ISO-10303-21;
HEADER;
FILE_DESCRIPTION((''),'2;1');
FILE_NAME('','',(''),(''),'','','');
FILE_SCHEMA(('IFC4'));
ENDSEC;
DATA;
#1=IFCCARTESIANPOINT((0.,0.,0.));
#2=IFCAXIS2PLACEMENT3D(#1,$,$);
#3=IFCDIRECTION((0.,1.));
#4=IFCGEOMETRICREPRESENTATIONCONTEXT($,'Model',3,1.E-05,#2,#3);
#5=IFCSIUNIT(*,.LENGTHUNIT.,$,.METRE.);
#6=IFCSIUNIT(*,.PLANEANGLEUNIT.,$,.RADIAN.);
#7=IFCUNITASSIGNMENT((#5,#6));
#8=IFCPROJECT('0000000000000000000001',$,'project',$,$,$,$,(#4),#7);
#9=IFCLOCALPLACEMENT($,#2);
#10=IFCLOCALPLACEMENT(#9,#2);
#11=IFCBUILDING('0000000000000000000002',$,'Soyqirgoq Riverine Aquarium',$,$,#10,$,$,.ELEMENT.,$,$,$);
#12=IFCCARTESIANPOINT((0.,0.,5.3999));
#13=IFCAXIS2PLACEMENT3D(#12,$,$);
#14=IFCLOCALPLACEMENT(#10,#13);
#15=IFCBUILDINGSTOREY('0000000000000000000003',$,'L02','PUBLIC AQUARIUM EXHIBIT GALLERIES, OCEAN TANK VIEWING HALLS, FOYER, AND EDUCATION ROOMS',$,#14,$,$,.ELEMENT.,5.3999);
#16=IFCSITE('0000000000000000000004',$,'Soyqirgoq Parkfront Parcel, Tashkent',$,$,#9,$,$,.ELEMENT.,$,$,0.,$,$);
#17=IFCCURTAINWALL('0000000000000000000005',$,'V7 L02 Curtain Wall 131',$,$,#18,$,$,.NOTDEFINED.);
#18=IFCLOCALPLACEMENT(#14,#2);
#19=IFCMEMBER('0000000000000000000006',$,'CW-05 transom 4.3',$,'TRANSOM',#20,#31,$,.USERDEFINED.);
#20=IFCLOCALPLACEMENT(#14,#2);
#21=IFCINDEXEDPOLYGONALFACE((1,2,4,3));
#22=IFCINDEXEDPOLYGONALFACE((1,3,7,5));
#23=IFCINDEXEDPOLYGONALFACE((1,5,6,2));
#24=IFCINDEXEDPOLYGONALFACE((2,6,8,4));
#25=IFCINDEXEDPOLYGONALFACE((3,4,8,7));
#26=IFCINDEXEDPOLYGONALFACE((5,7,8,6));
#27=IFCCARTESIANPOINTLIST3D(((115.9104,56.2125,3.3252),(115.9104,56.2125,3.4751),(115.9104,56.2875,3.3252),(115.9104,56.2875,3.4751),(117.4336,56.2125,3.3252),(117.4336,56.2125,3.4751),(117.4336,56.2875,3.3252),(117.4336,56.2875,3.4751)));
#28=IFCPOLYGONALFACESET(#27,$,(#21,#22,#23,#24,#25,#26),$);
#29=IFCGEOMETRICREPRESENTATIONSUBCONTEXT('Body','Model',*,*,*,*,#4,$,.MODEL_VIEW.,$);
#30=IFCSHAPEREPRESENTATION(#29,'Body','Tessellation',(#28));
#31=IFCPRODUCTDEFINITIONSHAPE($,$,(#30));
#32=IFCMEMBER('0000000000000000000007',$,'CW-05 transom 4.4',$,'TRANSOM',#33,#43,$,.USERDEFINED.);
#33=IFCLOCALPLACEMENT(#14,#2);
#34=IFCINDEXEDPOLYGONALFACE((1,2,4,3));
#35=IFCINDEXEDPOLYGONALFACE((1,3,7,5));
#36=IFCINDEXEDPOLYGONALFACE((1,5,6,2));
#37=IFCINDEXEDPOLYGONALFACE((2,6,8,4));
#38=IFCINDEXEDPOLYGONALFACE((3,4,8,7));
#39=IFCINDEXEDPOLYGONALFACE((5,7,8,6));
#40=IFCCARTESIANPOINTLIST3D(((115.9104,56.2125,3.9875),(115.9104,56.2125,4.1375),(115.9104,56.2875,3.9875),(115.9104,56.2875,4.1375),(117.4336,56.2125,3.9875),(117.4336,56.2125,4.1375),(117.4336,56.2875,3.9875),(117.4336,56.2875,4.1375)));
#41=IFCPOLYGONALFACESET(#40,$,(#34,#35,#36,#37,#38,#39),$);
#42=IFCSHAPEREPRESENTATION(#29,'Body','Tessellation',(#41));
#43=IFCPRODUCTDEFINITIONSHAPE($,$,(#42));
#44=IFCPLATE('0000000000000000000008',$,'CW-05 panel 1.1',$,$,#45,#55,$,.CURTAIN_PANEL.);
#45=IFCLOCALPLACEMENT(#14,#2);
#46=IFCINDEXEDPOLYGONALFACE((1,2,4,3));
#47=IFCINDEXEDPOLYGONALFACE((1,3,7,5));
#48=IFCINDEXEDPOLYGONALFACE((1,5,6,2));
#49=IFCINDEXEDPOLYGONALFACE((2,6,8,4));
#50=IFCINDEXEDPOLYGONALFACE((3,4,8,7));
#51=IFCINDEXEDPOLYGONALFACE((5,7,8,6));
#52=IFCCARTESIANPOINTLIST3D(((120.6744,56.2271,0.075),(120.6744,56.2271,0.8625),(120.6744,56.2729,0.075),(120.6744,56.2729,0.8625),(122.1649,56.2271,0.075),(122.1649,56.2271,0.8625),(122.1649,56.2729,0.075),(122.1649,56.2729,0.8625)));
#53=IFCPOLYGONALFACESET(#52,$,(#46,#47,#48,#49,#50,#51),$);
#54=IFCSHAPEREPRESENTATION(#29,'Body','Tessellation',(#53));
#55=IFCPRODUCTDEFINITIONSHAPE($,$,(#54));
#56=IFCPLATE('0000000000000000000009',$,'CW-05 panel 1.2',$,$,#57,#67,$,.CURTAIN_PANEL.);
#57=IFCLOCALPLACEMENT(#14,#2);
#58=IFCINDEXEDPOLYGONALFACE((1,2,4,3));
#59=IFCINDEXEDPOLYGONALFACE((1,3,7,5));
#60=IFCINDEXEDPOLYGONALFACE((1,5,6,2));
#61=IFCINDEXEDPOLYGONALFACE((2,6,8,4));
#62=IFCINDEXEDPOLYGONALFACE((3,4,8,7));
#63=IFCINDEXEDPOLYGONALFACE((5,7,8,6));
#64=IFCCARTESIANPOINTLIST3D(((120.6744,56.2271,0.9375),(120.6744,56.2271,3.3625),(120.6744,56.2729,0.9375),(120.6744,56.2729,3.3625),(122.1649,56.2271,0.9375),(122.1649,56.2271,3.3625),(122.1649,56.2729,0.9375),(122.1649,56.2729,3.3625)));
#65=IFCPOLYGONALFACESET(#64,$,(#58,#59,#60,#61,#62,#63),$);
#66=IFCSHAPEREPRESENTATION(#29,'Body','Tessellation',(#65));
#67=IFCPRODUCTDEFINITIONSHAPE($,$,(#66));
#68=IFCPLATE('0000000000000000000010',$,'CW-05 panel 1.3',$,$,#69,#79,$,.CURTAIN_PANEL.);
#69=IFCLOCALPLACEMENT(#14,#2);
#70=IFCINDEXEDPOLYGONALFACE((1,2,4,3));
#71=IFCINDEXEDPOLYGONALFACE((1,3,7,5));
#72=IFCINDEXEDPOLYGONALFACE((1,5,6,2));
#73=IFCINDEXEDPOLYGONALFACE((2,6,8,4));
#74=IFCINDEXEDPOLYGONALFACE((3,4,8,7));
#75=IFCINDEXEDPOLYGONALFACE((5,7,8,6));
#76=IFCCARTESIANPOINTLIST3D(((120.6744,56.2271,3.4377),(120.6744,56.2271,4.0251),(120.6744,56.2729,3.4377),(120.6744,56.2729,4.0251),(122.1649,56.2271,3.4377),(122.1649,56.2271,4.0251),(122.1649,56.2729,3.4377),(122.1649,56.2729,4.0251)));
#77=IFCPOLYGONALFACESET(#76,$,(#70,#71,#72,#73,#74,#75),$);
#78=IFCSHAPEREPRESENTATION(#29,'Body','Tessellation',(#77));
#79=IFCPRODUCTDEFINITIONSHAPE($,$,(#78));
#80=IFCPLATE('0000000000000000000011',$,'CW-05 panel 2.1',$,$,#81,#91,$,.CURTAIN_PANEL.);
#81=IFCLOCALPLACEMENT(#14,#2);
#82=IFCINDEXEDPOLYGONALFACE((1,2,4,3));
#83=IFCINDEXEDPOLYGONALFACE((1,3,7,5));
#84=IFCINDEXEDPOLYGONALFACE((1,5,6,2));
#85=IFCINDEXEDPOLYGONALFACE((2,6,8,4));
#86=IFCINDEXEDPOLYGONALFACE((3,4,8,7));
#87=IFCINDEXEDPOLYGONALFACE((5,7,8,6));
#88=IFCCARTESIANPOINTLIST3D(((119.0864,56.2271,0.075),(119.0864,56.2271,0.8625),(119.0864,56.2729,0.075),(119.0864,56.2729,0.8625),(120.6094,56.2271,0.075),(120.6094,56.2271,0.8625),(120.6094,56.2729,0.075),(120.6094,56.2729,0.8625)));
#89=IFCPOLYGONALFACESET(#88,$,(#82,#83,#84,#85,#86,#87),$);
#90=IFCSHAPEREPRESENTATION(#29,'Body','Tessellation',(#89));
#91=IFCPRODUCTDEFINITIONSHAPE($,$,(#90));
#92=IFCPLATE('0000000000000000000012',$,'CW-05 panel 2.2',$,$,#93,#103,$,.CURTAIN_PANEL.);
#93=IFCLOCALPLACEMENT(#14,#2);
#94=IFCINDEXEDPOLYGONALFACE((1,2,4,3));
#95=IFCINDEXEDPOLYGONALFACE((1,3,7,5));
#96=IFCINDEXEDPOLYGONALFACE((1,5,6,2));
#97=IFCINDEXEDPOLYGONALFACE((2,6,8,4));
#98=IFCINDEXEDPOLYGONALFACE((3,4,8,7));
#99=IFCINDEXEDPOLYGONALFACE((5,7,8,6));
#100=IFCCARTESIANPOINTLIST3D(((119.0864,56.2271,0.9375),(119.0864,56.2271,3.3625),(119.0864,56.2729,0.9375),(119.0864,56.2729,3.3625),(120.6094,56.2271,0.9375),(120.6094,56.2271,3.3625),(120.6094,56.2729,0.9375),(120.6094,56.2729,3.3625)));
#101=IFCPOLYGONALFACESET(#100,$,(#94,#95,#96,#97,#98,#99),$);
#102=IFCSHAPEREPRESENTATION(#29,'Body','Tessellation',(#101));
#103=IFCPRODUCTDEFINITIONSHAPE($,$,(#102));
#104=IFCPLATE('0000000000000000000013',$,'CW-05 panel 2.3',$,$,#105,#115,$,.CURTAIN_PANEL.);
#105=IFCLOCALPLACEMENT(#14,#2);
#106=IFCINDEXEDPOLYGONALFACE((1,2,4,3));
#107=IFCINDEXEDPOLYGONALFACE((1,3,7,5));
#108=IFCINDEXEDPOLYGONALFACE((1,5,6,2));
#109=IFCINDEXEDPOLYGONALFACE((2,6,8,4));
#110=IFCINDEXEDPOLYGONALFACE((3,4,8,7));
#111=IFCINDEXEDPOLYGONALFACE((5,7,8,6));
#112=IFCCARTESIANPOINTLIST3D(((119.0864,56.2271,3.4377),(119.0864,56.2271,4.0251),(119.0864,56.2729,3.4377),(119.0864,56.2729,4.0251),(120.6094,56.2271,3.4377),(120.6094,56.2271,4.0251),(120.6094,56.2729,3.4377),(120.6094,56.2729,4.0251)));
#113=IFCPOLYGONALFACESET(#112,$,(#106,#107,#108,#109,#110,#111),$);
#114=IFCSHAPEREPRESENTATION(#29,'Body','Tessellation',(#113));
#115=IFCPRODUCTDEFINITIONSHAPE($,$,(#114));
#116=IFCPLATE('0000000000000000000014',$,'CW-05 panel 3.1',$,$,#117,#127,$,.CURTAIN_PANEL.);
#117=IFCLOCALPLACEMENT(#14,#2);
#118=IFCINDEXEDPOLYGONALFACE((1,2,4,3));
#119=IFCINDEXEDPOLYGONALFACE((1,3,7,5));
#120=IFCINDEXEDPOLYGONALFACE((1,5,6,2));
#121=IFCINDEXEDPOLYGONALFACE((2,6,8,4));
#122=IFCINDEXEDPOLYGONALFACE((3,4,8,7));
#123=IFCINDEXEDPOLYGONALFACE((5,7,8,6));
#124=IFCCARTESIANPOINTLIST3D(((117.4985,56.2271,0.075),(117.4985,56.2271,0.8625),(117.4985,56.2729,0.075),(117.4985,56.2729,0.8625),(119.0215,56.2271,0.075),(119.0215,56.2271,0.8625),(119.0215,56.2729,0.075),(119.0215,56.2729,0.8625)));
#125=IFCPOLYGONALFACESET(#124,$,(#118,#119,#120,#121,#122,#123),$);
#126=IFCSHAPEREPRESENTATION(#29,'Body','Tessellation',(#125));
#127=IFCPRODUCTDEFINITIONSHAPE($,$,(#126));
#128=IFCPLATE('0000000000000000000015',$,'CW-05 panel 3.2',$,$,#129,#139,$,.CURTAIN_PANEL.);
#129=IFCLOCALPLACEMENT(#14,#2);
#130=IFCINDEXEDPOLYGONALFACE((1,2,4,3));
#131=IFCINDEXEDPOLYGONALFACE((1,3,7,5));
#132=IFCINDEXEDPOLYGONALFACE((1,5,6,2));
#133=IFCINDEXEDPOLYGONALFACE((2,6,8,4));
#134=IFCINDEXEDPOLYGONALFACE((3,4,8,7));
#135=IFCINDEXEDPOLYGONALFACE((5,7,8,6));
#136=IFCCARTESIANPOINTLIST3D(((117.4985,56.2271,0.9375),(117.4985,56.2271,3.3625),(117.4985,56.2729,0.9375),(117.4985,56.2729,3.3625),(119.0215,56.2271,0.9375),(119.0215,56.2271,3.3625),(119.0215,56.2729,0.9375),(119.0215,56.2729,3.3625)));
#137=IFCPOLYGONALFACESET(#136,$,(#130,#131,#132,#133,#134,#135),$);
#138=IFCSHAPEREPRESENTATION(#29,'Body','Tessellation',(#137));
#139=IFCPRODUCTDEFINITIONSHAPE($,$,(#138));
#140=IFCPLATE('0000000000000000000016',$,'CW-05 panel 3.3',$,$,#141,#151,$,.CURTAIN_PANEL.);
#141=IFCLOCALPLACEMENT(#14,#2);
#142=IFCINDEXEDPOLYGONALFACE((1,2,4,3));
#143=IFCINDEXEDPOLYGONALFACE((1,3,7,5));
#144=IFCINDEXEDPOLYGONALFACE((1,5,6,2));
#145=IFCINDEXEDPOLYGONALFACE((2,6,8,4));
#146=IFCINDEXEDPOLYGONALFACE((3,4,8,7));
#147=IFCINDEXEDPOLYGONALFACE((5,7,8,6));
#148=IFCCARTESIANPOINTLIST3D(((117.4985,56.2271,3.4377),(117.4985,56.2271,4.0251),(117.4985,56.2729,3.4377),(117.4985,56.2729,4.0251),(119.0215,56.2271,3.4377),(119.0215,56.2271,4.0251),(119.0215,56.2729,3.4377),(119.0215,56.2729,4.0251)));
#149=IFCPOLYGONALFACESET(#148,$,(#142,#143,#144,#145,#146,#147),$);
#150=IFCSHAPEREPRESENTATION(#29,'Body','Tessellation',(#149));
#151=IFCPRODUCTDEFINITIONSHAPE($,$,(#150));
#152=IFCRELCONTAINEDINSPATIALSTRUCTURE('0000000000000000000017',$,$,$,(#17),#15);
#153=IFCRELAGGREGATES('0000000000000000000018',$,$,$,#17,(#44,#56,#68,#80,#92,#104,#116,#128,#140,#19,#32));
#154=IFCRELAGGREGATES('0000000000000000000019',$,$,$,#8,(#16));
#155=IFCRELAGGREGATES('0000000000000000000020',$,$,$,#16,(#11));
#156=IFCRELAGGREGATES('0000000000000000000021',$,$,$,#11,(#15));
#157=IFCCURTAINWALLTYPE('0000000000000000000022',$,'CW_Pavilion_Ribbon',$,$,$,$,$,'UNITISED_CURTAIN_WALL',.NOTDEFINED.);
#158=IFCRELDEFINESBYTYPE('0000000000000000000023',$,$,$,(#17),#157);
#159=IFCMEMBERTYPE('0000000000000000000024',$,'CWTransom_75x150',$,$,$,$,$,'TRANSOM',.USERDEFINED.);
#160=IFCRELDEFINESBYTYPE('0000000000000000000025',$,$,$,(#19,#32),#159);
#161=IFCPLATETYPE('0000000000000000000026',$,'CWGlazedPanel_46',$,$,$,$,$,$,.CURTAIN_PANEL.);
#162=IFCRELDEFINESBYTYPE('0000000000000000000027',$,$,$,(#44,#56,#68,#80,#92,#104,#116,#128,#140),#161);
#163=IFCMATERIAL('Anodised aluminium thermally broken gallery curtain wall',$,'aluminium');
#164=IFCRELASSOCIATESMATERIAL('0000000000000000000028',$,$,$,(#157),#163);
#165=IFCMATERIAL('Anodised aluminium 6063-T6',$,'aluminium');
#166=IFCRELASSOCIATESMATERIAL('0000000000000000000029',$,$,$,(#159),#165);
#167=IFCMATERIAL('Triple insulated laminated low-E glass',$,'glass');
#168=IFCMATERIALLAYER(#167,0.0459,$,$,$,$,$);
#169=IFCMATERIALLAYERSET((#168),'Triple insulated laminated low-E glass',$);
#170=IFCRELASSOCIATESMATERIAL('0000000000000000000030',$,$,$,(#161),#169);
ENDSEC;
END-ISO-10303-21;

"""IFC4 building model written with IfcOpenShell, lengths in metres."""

from ifc_helpers import new_model, si_unit, direction, frame, origin, origin_2d, place, context, subcontext, project, spatial, rectangle, extrude, material, layer, layer_set, material_profile, profile_set, type_object, element, aggregate, save


model = new_model("IFC4")

# Units and contexts
model_context = context("Model", 3, precision=1e-05, world=origin(), true_north=direction((0.0, 1.0)))
body_context = subcontext(model_context, "Body", "Model", "MODEL_VIEW")
ifc_project = project(units=[si_unit("LENGTHUNIT", "METRE"), si_unit("PLANEANGLEUNIT", "RADIAN")], contexts=[model_context])

# Site, building, storey
site_placement = place(None, origin())
site = spatial("IfcSite", under=ifc_project, at=site_placement, Name="Soyqirgoq Parkfront Parcel, Tashkent", CompositionType="ELEMENT", RefElevation=0.0)
building_placement = place(site_placement, origin())
building = spatial("IfcBuilding", under=site, at=building_placement, Name="Soyqirgoq Riverine Aquarium", CompositionType="ELEMENT")
storey_placement = place(building_placement, frame((0.0, 0.0, 5.3999)))
storey = spatial("IfcBuildingStorey", under=building, at=storey_placement, Name="L02", Description="PUBLIC AQUARIUM EXHIBIT GALLERIES, OCEAN TANK VIEWING HALLS, FOYER, AND EDUCATION ROOMS", CompositionType="ELEMENT", Elevation=5.3999)

# Curtain wall, members, plates
ifc_material_1 = material(Name="Anodised aluminium thermally broken gallery curtain wall", Category="aluminium")
curtain_wall_type = type_object("IfcCurtainWallType", Name="CW_Pavilion_Ribbon", ElementType="UNITISED_CURTAIN_WALL", PredefinedType="NOTDEFINED", material=ifc_material_1)
curtain_wall_placement = place(storey_placement, origin())
curtain_wall = element("IfcCurtainWall", 1, at=curtain_wall_placement, inside=storey, type_object=curtain_wall_type, Name="V7 L02 Curtain Wall 131", PredefinedType="NOTDEFINED")
ifc_material_2 = material(Name="Anodised aluminium 6063-T6", Category="aluminium")
ifc_material_profile_1 = material_profile(ifc_material_2, rectangle(XDim=0.075, YDim=0.1499, at=origin_2d()), Name="ALU-T 75x150")
ifc_profile_set_1 = profile_set([ifc_material_profile_1], Name="Anodised aluminium 6063-T6")
member_type_1 = type_object("IfcMemberType", Name="CWTransom_75x150", ElementType="TRANSOM", PredefinedType="USERDEFINED", material=ifc_profile_set_1)
member_1_placement = place(storey_placement, frame((117.4336, 56.25, 3.4001), z_axis=(-1.0, 0.0, 0.0), x_axis=(0.0, -1.0, 0.0)))
member_1 = element("IfcMember", 2, at=member_1_placement, type_object=member_type_1, Name="CW-05 transom 4.3", ObjectType="TRANSOM", PredefinedType="USERDEFINED", context=body_context, shape_type="SweptSolid", body=[
    extrude(rectangle(XDim=0.075, YDim=0.1499, at=origin_2d()), origin(), (0.0, 0.0, 1.0), 1.5232),
])
member_2_placement = place(storey_placement, frame((117.4336, 56.25, 4.0625), z_axis=(-1.0, 0.0, 0.0), x_axis=(0.0, -1.0, 0.0)))
member_2 = element("IfcMember", 3, at=member_2_placement, type_object=member_type_1, Name="CW-05 transom 4.4", ObjectType="TRANSOM", PredefinedType="USERDEFINED", context=body_context, shape_type="SweptSolid", body=[
    extrude(rectangle(XDim=0.075, YDim=0.1499, at=origin_2d()), origin(), (0.0, 0.0, 1.0), 1.5232),
])
ifc_material_3 = material(Name="Triple insulated laminated low-E glass", Category="glass")
ifc_layer = layer(ifc_material_3, 0.0459)
ifc_layer_set = layer_set([ifc_layer], Name="Triple insulated laminated low-E glass")
plate_type = type_object("IfcPlateType", Name="CWGlazedPanel_46", PredefinedType="CURTAIN_PANEL", material=ifc_layer_set)
plate_1_placement = place(storey_placement, frame((121.4197, 56.25, 0.075), z_axis=(0.0, 0.0, 1.0), x_axis=(-1.0, 0.0, 0.0)))
plate_1 = element("IfcPlate", 4, at=plate_1_placement, type_object=plate_type, Name="CW-05 panel 1.1", PredefinedType="CURTAIN_PANEL", context=body_context, shape_type="SweptSolid", body=[
    extrude(rectangle(XDim=1.4905, YDim=0.0459, at=origin_2d()), origin(), (0.0, 0.0, 1.0), 0.7876),
])
plate_2_placement = place(storey_placement, frame((121.4197, 56.25, 0.9375), z_axis=(0.0, 0.0, 1.0), x_axis=(-1.0, 0.0, 0.0)))
plate_2 = element("IfcPlate", 5, at=plate_2_placement, type_object=plate_type, Name="CW-05 panel 1.2", PredefinedType="CURTAIN_PANEL", context=body_context, shape_type="SweptSolid", body=[
    extrude(rectangle(XDim=1.4905, YDim=0.0459, at=origin_2d()), origin(), (0.0, 0.0, 1.0), 2.425),
])
plate_3_placement = place(storey_placement, frame((121.4197, 56.25, 3.4377), z_axis=(0.0, 0.0, 1.0), x_axis=(-1.0, 0.0, 0.0)))
plate_3 = element("IfcPlate", 6, at=plate_3_placement, type_object=plate_type, Name="CW-05 panel 1.3", PredefinedType="CURTAIN_PANEL", context=body_context, shape_type="SweptSolid", body=[
    extrude(rectangle(XDim=1.4905, YDim=0.0459, at=origin_2d()), origin(), (0.0, 0.0, 1.0), 0.5874),
])
plate_4_placement = place(storey_placement, frame((119.8479, 56.25, 0.075), z_axis=(0.0, 0.0, 1.0), x_axis=(-1.0, 0.0, 0.0)))
plate_4 = element("IfcPlate", 7, at=plate_4_placement, type_object=plate_type, Name="CW-05 panel 2.1", PredefinedType="CURTAIN_PANEL", context=body_context, shape_type="SweptSolid", body=[
    extrude(rectangle(XDim=1.5229, YDim=0.0459, at=origin_2d()), origin(), (0.0, 0.0, 1.0), 0.7876),
])
plate_5_placement = place(storey_placement, frame((119.8479, 56.25, 0.9375), z_axis=(0.0, 0.0, 1.0), x_axis=(-1.0, 0.0, 0.0)))
plate_5 = element("IfcPlate", 8, at=plate_5_placement, type_object=plate_type, Name="CW-05 panel 2.2", PredefinedType="CURTAIN_PANEL", context=body_context, shape_type="SweptSolid", body=[
    extrude(rectangle(XDim=1.5229, YDim=0.0459, at=origin_2d()), origin(), (0.0, 0.0, 1.0), 2.425),
])
plate_6_placement = place(storey_placement, frame((119.8479, 56.25, 3.4377), z_axis=(0.0, 0.0, 1.0), x_axis=(-1.0, 0.0, 0.0)))
plate_6 = element("IfcPlate", 9, at=plate_6_placement, type_object=plate_type, Name="CW-05 panel 2.3", PredefinedType="CURTAIN_PANEL", context=body_context, shape_type="SweptSolid", body=[
    extrude(rectangle(XDim=1.5229, YDim=0.0459, at=origin_2d()), origin(), (0.0, 0.0, 1.0), 0.5874),
])
plate_7_placement = place(storey_placement, frame((118.26, 56.25, 0.075), z_axis=(0.0, 0.0, 1.0), x_axis=(-1.0, 0.0, 0.0)))
plate_7 = element("IfcPlate", 10, at=plate_7_placement, type_object=plate_type, Name="CW-05 panel 3.1", PredefinedType="CURTAIN_PANEL", context=body_context, shape_type="SweptSolid", body=[
    extrude(rectangle(XDim=1.5229, YDim=0.0459, at=origin_2d()), origin(), (0.0, 0.0, 1.0), 0.7876),
])
plate_8_placement = place(storey_placement, frame((118.26, 56.25, 0.9375), z_axis=(0.0, 0.0, 1.0), x_axis=(-1.0, 0.0, 0.0)))
plate_8 = element("IfcPlate", 11, at=plate_8_placement, type_object=plate_type, Name="CW-05 panel 3.2", PredefinedType="CURTAIN_PANEL", context=body_context, shape_type="SweptSolid", body=[
    extrude(rectangle(XDim=1.5229, YDim=0.0459, at=origin_2d()), origin(), (0.0, 0.0, 1.0), 2.425),
])
plate_9_placement = place(storey_placement, frame((118.26, 56.25, 3.4377), z_axis=(0.0, 0.0, 1.0), x_axis=(-1.0, 0.0, 0.0)))
plate_9 = element("IfcPlate", 12, at=plate_9_placement, type_object=plate_type, Name="CW-05 panel 3.3", PredefinedType="CURTAIN_PANEL", context=body_context, shape_type="SweptSolid", body=[
    extrude(rectangle(XDim=1.5229, YDim=0.0459, at=origin_2d()), origin(), (0.0, 0.0, 1.0), 0.5874),
])
aggregate(curtain_wall, [plate_1, plate_2, plate_3, plate_4, plate_5, plate_6, plate_7, plate_8, plate_9, member_1, member_2])

save(model, "model.ifc")
